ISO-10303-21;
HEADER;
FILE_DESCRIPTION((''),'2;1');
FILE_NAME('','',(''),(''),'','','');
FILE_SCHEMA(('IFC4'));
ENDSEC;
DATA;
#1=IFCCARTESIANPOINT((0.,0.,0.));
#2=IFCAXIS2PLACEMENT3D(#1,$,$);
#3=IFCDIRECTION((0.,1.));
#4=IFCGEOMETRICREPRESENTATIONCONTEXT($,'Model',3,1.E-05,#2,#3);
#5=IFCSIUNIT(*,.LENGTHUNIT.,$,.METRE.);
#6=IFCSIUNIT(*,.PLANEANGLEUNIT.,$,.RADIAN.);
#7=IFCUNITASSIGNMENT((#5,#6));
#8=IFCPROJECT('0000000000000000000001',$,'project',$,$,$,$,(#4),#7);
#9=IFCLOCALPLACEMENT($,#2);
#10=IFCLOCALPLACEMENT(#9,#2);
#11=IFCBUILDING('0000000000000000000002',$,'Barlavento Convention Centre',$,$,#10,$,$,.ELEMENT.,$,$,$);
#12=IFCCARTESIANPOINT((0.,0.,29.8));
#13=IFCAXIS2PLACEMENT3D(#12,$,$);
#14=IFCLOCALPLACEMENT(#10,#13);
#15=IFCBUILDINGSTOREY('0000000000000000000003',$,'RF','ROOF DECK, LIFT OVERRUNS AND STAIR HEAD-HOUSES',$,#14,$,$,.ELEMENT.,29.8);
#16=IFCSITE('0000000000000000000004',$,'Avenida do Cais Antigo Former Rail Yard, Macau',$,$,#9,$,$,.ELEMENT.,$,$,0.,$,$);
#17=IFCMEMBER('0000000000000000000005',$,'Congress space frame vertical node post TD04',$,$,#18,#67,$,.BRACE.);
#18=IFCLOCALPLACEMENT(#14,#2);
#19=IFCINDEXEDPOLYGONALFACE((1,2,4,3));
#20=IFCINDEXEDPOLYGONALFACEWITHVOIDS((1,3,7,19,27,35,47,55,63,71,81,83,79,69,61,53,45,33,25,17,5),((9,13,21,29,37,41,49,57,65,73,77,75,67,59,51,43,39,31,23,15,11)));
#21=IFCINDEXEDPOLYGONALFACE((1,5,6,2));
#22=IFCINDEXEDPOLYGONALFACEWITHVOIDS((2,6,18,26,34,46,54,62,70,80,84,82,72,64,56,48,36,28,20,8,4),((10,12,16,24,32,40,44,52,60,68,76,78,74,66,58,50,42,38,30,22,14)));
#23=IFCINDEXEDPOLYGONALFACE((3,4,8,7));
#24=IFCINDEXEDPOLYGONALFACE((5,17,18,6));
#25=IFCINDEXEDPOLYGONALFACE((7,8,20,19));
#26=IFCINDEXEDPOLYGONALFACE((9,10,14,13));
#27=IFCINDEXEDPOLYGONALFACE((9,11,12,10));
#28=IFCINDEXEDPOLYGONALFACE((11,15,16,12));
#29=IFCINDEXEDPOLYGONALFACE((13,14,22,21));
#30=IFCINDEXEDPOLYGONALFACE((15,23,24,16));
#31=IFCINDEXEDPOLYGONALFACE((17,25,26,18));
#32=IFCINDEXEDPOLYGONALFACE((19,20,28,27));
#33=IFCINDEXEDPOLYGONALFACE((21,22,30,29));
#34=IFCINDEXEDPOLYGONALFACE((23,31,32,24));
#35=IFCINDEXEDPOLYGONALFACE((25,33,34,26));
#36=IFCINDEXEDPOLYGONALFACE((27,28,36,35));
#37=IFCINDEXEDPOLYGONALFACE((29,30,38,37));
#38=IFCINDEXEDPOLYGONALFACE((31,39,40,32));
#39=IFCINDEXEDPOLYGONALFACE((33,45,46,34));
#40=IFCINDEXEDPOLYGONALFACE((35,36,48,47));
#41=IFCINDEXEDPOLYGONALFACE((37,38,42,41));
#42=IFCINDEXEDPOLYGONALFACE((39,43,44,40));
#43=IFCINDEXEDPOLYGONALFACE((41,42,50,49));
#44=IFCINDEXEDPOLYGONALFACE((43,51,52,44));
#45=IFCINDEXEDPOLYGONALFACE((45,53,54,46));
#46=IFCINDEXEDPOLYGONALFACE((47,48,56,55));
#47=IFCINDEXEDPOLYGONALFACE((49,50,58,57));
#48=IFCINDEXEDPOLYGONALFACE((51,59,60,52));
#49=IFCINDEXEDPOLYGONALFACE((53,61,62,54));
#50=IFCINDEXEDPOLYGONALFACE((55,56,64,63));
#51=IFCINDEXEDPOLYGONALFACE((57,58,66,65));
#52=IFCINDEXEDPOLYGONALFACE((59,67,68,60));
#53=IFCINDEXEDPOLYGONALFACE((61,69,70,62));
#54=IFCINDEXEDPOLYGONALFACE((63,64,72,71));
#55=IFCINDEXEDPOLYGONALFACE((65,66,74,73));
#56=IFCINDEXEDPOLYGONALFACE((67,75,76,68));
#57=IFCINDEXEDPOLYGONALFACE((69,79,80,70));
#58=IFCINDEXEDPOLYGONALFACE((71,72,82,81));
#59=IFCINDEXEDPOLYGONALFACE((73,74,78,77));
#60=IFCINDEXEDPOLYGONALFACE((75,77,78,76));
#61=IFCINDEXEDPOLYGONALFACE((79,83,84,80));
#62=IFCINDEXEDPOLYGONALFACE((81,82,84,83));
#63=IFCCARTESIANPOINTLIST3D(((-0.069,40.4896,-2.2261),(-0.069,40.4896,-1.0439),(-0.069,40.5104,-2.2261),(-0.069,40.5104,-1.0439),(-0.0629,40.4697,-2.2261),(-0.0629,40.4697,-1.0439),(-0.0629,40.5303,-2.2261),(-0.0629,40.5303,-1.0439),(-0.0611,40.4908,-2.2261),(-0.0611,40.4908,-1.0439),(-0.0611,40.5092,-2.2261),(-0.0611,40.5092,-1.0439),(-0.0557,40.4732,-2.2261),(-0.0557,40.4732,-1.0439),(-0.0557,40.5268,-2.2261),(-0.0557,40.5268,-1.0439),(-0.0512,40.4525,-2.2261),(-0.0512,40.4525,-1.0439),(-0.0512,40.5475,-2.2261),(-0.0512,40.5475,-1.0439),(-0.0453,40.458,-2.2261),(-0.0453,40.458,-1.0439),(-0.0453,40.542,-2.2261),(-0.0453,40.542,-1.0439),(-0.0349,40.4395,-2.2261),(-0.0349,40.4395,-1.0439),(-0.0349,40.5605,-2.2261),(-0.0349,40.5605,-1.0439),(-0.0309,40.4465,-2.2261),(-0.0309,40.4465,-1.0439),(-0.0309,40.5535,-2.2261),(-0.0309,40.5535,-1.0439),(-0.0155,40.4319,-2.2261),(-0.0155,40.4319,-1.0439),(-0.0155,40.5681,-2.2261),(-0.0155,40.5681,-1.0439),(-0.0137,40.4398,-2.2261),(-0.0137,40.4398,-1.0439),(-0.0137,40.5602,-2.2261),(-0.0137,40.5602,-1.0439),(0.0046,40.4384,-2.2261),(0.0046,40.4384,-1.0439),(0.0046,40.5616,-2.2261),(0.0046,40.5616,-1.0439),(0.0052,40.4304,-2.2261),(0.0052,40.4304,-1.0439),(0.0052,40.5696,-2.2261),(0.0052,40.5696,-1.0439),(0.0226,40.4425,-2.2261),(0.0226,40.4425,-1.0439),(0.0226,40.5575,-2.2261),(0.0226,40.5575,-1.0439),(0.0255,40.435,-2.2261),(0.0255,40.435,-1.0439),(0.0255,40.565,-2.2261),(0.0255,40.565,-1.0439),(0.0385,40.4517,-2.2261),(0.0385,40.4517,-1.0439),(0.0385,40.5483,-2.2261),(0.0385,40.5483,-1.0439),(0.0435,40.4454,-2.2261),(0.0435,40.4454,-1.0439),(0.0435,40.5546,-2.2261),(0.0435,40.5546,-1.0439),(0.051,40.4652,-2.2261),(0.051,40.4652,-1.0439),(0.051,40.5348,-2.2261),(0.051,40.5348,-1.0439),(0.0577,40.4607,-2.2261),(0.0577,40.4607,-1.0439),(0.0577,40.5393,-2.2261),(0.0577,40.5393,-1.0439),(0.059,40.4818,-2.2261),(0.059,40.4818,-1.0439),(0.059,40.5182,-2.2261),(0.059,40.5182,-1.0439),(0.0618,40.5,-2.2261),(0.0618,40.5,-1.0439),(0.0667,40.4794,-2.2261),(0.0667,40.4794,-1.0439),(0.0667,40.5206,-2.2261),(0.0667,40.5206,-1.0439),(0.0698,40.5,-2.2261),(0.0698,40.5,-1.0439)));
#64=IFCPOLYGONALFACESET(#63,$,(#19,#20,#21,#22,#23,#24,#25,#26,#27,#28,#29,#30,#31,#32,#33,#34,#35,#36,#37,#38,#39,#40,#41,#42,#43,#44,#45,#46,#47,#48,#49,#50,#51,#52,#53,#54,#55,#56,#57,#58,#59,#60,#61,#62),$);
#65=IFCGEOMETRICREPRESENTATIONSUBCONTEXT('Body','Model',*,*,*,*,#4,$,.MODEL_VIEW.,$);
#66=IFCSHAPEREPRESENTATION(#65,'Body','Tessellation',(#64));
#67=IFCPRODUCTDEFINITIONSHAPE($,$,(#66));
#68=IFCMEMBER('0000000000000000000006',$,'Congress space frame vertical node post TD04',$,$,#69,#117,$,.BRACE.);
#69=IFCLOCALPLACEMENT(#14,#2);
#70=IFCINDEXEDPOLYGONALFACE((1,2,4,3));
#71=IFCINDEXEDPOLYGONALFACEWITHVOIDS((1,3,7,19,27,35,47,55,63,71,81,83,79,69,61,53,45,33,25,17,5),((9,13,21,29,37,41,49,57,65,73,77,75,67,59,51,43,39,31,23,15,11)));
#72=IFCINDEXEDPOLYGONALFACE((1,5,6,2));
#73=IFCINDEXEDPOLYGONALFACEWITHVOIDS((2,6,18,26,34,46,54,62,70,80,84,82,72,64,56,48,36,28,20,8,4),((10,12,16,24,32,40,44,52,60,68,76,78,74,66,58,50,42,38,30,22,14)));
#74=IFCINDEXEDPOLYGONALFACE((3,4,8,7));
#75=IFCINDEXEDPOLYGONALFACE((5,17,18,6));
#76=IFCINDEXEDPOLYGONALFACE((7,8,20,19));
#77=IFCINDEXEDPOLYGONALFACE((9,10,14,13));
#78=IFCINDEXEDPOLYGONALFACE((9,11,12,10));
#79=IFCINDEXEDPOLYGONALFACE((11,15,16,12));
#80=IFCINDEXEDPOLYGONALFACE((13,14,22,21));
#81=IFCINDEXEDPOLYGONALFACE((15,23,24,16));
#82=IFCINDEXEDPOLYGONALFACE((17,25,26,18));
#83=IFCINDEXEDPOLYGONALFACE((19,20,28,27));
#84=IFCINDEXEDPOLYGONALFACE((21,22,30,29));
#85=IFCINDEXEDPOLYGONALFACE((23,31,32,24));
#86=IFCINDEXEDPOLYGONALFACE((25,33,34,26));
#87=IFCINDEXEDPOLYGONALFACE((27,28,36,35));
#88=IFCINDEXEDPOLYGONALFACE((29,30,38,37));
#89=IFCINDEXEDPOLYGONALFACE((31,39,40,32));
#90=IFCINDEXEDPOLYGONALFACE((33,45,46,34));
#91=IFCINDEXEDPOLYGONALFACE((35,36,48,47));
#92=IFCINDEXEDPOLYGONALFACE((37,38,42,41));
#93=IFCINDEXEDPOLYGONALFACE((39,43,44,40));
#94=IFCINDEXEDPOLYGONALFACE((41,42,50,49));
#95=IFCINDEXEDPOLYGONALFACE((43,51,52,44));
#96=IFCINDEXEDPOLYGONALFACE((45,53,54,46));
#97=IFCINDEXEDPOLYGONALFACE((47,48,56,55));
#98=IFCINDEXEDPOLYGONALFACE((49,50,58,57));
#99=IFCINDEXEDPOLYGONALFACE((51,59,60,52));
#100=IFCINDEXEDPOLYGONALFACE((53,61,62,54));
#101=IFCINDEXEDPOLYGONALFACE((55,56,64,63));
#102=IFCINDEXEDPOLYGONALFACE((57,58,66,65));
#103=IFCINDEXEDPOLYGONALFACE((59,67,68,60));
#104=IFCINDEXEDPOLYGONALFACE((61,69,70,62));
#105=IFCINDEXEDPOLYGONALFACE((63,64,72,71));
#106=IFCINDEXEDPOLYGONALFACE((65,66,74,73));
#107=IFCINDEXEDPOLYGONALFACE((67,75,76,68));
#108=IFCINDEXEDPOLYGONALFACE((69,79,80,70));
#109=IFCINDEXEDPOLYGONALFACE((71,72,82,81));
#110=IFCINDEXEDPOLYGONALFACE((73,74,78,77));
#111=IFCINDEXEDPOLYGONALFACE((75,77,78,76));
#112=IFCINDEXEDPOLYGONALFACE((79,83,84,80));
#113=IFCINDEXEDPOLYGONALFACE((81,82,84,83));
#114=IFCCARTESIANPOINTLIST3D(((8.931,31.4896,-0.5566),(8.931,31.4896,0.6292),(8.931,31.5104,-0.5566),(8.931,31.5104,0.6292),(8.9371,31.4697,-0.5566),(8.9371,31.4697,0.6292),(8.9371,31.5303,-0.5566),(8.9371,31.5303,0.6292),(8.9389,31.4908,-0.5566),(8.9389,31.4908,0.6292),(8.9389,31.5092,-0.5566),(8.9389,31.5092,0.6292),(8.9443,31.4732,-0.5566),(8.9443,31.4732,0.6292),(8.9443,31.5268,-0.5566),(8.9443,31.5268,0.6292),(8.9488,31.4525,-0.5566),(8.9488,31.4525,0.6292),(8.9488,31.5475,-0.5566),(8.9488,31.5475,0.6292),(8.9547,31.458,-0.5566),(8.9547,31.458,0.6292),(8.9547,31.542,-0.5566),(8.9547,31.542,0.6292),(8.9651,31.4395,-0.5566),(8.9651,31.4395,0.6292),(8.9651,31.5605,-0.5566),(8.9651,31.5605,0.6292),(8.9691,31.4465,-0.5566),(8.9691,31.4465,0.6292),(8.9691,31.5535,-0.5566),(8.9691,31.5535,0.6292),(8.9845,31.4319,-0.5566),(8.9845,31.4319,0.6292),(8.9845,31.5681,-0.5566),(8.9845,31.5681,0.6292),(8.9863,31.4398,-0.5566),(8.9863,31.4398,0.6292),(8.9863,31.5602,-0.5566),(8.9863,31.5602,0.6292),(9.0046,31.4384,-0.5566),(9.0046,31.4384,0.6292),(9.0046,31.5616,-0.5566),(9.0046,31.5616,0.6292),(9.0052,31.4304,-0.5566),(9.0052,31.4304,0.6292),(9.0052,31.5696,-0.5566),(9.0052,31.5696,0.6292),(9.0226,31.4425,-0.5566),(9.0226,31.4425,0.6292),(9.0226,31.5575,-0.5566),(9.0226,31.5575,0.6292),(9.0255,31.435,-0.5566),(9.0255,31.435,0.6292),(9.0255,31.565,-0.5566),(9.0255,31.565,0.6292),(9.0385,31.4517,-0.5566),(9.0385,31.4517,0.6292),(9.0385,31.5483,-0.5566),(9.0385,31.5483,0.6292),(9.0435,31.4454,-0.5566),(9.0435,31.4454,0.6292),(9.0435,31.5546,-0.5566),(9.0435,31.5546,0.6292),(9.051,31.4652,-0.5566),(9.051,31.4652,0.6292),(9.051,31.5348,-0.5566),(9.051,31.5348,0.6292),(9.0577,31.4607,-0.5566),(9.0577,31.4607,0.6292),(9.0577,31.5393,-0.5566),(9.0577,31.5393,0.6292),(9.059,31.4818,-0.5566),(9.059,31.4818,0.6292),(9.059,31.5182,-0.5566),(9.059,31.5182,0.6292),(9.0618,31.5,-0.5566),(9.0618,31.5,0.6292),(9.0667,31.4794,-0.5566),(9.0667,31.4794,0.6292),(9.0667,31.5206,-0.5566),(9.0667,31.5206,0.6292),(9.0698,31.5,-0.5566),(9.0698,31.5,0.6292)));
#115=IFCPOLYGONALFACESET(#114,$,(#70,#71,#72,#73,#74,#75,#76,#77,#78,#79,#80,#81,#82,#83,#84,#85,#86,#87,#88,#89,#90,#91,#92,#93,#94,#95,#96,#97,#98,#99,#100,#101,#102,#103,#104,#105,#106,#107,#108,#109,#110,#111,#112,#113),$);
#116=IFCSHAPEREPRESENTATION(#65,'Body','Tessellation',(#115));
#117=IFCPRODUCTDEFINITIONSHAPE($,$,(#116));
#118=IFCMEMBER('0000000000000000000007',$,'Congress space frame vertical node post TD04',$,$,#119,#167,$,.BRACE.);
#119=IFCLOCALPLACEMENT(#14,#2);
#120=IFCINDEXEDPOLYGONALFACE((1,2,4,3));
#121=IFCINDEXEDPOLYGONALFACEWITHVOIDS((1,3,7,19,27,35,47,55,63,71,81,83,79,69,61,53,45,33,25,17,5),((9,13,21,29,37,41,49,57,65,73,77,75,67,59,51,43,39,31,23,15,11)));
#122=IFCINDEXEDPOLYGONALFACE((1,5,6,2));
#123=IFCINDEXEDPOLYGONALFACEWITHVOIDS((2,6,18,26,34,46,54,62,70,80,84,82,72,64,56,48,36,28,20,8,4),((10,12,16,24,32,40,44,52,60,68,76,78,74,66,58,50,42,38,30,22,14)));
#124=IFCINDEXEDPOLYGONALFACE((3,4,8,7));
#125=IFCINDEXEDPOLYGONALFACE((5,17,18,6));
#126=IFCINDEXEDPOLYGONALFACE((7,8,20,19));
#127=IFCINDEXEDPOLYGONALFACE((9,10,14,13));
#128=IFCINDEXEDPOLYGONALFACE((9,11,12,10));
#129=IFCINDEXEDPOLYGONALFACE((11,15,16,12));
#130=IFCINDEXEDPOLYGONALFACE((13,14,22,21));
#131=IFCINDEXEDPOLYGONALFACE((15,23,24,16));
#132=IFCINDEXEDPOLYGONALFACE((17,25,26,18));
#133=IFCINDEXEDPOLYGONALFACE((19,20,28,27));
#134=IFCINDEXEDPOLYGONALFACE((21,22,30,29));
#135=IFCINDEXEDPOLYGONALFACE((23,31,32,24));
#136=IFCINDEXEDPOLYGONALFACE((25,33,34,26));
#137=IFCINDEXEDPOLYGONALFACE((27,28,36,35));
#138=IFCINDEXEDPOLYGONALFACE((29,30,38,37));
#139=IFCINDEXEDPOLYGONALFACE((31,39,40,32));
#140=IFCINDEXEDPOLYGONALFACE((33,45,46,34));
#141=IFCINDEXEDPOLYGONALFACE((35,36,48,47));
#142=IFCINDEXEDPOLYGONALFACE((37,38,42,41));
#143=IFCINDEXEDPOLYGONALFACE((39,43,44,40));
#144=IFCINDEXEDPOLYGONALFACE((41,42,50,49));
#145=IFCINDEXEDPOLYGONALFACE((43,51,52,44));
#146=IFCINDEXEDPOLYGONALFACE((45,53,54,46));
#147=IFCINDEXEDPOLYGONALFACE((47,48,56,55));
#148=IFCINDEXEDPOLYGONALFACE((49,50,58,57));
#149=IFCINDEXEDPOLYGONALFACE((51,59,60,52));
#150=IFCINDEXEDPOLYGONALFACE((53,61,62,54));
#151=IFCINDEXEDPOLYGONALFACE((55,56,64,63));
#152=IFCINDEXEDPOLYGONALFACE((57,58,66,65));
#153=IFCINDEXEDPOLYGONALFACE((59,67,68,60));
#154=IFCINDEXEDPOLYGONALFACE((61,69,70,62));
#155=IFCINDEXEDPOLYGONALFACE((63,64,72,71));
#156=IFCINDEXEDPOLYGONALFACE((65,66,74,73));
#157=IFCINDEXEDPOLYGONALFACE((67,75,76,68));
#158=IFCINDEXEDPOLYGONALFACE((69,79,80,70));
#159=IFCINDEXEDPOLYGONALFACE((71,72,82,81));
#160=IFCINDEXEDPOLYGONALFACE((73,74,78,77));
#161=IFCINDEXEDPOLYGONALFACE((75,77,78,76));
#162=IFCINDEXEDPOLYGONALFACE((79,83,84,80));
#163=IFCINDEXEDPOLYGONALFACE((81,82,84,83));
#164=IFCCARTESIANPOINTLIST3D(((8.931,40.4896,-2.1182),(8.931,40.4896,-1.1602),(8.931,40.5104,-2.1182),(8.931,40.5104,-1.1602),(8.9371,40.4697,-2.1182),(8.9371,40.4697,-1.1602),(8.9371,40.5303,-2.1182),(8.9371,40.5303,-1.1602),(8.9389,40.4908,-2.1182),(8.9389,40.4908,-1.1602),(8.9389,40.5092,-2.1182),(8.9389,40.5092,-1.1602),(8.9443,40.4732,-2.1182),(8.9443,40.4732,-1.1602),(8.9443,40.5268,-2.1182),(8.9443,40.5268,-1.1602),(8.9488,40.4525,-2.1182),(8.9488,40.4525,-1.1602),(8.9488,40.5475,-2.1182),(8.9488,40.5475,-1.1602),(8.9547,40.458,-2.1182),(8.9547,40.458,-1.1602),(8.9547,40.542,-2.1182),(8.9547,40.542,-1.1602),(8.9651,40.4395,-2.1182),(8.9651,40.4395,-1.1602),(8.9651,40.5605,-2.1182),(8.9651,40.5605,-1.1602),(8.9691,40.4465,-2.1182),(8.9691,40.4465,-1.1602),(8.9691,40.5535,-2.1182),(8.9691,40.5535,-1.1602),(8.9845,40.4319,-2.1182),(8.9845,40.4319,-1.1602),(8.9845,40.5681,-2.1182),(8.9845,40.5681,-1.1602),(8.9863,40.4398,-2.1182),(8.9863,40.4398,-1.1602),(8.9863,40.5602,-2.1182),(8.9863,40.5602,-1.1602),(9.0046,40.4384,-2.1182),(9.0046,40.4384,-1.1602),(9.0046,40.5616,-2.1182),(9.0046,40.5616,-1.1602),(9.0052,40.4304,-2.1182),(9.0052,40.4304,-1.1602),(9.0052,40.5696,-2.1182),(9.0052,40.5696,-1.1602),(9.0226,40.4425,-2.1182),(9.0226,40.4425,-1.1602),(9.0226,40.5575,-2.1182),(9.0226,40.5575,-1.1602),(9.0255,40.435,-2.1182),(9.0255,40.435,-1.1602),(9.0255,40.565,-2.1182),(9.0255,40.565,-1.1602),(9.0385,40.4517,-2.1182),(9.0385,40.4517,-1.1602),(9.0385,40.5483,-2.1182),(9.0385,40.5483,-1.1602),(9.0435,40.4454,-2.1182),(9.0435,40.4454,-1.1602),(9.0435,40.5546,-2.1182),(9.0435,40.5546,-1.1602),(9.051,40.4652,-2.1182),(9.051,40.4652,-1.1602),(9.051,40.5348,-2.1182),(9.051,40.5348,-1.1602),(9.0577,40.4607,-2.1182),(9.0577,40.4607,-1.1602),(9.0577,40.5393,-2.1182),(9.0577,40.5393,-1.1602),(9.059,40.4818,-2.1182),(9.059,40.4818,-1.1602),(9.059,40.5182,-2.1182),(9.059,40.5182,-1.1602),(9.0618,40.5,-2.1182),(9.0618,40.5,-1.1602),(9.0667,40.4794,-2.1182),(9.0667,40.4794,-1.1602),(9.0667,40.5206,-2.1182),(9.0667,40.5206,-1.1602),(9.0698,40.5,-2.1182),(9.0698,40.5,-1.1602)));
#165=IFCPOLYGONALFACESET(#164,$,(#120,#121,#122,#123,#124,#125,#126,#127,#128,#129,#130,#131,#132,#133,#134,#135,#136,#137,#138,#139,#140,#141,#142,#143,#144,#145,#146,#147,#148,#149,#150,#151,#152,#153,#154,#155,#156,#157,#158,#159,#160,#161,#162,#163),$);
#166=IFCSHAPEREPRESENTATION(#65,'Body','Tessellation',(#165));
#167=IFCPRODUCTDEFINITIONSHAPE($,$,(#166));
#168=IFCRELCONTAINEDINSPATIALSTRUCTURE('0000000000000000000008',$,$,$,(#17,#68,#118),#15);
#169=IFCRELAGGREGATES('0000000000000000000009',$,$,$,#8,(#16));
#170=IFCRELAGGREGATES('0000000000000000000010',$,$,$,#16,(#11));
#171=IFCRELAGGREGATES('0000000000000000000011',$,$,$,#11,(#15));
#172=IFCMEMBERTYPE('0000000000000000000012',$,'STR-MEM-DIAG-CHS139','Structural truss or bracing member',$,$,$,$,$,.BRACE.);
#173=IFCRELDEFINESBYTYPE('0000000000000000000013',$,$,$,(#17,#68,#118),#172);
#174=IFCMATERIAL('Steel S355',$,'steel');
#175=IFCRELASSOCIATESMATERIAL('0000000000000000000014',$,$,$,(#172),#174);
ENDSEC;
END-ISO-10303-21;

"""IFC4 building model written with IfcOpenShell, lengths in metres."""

from ifc_helpers import new_model, si_unit, direction, frame, origin, origin_2d, place, context, subcontext, project, spatial, hollow_circle, extrude, material, material_profile, profile_set, type_object, element, save


model = new_model("IFC4")

# Units and contexts
model_context = context("Model", 3, precision=1e-05, world=origin(), true_north=direction((0.0, 1.0)))
body_context = subcontext(model_context, "Body", "Model", "MODEL_VIEW")
ifc_project = project(units=[si_unit("LENGTHUNIT", "METRE"), si_unit("PLANEANGLEUNIT", "RADIAN")], contexts=[model_context])

# Site, building, storey
site_placement = place(None, origin())
site = spatial("IfcSite", under=ifc_project, at=site_placement, Name="Avenida do Cais Antigo Former Rail Yard, Macau", CompositionType="ELEMENT", RefElevation=0.0)
building_placement = place(site_placement, origin())
building = spatial("IfcBuilding", under=site, at=building_placement, Name="Barlavento Convention Centre", CompositionType="ELEMENT")
storey_placement = place(building_placement, frame((0.0, 0.0, 29.8)))
storey = spatial("IfcBuildingStorey", under=building, at=storey_placement, Name="RF", Description="ROOF DECK, LIFT OVERRUNS AND STAIR HEAD-HOUSES", CompositionType="ELEMENT", Elevation=29.8)

# Shared definitions
ifc_material_1 = material(Name="Steel S355", Category="steel")

# Members
ifc_material_profile_1 = material_profile(ifc_material_1, hollow_circle(Radius=0.0698, WallThickness=0.0081, at=origin_2d()), Name="CHS 139.7x8.0")
ifc_profile_set_1 = profile_set([ifc_material_profile_1], Name="Steel S355")
member_type_1 = type_object("IfcMemberType", Name="STR-MEM-DIAG-CHS139", Description="Structural truss or bracing member", PredefinedType="BRACE", material=ifc_profile_set_1)
member_1_placement = place(storey_placement, frame((0.0, 40.5, -2.2261), z_axis=(0.0, 0.0, 1.0), x_axis=(1.0, 0.0, 0.0)))
element("IfcMember", 1, at=member_1_placement, inside=storey, type_object=member_type_1, Name="Congress space frame vertical node post TD04", PredefinedType="BRACE", context=body_context, shape_type="SweptSolid", body=[
    extrude(hollow_circle(Radius=0.0698, WallThickness=0.0081, at=origin_2d()), origin(), (0.0, 0.0, 1.0), 1.1821),
])
member_2_placement = place(storey_placement, frame((9.0, 31.5, -0.5566), z_axis=(0.0, 0.0, 1.0), x_axis=(1.0, 0.0, 0.0)))
element("IfcMember", 2, at=member_2_placement, inside=storey, type_object=member_type_1, Name="Congress space frame vertical node post TD04", PredefinedType="BRACE", context=body_context, shape_type="SweptSolid", body=[
    extrude(hollow_circle(Radius=0.0698, WallThickness=0.0081, at=origin_2d()), origin(), (0.0, 0.0, 1.0), 1.1858),
])
member_3_placement = place(storey_placement, frame((9.0, 40.5, -2.1182), z_axis=(0.0, 0.0, 1.0), x_axis=(1.0, 0.0, 0.0)))
element("IfcMember", 3, at=member_3_placement, inside=storey, type_object=member_type_1, Name="Congress space frame vertical node post TD04", PredefinedType="BRACE", context=body_context, shape_type="SweptSolid", body=[
    extrude(hollow_circle(Radius=0.0698, WallThickness=0.0081, at=origin_2d()), origin(), (0.0, 0.0, 1.0), 0.958),
])

save(model, "model.ifc")
